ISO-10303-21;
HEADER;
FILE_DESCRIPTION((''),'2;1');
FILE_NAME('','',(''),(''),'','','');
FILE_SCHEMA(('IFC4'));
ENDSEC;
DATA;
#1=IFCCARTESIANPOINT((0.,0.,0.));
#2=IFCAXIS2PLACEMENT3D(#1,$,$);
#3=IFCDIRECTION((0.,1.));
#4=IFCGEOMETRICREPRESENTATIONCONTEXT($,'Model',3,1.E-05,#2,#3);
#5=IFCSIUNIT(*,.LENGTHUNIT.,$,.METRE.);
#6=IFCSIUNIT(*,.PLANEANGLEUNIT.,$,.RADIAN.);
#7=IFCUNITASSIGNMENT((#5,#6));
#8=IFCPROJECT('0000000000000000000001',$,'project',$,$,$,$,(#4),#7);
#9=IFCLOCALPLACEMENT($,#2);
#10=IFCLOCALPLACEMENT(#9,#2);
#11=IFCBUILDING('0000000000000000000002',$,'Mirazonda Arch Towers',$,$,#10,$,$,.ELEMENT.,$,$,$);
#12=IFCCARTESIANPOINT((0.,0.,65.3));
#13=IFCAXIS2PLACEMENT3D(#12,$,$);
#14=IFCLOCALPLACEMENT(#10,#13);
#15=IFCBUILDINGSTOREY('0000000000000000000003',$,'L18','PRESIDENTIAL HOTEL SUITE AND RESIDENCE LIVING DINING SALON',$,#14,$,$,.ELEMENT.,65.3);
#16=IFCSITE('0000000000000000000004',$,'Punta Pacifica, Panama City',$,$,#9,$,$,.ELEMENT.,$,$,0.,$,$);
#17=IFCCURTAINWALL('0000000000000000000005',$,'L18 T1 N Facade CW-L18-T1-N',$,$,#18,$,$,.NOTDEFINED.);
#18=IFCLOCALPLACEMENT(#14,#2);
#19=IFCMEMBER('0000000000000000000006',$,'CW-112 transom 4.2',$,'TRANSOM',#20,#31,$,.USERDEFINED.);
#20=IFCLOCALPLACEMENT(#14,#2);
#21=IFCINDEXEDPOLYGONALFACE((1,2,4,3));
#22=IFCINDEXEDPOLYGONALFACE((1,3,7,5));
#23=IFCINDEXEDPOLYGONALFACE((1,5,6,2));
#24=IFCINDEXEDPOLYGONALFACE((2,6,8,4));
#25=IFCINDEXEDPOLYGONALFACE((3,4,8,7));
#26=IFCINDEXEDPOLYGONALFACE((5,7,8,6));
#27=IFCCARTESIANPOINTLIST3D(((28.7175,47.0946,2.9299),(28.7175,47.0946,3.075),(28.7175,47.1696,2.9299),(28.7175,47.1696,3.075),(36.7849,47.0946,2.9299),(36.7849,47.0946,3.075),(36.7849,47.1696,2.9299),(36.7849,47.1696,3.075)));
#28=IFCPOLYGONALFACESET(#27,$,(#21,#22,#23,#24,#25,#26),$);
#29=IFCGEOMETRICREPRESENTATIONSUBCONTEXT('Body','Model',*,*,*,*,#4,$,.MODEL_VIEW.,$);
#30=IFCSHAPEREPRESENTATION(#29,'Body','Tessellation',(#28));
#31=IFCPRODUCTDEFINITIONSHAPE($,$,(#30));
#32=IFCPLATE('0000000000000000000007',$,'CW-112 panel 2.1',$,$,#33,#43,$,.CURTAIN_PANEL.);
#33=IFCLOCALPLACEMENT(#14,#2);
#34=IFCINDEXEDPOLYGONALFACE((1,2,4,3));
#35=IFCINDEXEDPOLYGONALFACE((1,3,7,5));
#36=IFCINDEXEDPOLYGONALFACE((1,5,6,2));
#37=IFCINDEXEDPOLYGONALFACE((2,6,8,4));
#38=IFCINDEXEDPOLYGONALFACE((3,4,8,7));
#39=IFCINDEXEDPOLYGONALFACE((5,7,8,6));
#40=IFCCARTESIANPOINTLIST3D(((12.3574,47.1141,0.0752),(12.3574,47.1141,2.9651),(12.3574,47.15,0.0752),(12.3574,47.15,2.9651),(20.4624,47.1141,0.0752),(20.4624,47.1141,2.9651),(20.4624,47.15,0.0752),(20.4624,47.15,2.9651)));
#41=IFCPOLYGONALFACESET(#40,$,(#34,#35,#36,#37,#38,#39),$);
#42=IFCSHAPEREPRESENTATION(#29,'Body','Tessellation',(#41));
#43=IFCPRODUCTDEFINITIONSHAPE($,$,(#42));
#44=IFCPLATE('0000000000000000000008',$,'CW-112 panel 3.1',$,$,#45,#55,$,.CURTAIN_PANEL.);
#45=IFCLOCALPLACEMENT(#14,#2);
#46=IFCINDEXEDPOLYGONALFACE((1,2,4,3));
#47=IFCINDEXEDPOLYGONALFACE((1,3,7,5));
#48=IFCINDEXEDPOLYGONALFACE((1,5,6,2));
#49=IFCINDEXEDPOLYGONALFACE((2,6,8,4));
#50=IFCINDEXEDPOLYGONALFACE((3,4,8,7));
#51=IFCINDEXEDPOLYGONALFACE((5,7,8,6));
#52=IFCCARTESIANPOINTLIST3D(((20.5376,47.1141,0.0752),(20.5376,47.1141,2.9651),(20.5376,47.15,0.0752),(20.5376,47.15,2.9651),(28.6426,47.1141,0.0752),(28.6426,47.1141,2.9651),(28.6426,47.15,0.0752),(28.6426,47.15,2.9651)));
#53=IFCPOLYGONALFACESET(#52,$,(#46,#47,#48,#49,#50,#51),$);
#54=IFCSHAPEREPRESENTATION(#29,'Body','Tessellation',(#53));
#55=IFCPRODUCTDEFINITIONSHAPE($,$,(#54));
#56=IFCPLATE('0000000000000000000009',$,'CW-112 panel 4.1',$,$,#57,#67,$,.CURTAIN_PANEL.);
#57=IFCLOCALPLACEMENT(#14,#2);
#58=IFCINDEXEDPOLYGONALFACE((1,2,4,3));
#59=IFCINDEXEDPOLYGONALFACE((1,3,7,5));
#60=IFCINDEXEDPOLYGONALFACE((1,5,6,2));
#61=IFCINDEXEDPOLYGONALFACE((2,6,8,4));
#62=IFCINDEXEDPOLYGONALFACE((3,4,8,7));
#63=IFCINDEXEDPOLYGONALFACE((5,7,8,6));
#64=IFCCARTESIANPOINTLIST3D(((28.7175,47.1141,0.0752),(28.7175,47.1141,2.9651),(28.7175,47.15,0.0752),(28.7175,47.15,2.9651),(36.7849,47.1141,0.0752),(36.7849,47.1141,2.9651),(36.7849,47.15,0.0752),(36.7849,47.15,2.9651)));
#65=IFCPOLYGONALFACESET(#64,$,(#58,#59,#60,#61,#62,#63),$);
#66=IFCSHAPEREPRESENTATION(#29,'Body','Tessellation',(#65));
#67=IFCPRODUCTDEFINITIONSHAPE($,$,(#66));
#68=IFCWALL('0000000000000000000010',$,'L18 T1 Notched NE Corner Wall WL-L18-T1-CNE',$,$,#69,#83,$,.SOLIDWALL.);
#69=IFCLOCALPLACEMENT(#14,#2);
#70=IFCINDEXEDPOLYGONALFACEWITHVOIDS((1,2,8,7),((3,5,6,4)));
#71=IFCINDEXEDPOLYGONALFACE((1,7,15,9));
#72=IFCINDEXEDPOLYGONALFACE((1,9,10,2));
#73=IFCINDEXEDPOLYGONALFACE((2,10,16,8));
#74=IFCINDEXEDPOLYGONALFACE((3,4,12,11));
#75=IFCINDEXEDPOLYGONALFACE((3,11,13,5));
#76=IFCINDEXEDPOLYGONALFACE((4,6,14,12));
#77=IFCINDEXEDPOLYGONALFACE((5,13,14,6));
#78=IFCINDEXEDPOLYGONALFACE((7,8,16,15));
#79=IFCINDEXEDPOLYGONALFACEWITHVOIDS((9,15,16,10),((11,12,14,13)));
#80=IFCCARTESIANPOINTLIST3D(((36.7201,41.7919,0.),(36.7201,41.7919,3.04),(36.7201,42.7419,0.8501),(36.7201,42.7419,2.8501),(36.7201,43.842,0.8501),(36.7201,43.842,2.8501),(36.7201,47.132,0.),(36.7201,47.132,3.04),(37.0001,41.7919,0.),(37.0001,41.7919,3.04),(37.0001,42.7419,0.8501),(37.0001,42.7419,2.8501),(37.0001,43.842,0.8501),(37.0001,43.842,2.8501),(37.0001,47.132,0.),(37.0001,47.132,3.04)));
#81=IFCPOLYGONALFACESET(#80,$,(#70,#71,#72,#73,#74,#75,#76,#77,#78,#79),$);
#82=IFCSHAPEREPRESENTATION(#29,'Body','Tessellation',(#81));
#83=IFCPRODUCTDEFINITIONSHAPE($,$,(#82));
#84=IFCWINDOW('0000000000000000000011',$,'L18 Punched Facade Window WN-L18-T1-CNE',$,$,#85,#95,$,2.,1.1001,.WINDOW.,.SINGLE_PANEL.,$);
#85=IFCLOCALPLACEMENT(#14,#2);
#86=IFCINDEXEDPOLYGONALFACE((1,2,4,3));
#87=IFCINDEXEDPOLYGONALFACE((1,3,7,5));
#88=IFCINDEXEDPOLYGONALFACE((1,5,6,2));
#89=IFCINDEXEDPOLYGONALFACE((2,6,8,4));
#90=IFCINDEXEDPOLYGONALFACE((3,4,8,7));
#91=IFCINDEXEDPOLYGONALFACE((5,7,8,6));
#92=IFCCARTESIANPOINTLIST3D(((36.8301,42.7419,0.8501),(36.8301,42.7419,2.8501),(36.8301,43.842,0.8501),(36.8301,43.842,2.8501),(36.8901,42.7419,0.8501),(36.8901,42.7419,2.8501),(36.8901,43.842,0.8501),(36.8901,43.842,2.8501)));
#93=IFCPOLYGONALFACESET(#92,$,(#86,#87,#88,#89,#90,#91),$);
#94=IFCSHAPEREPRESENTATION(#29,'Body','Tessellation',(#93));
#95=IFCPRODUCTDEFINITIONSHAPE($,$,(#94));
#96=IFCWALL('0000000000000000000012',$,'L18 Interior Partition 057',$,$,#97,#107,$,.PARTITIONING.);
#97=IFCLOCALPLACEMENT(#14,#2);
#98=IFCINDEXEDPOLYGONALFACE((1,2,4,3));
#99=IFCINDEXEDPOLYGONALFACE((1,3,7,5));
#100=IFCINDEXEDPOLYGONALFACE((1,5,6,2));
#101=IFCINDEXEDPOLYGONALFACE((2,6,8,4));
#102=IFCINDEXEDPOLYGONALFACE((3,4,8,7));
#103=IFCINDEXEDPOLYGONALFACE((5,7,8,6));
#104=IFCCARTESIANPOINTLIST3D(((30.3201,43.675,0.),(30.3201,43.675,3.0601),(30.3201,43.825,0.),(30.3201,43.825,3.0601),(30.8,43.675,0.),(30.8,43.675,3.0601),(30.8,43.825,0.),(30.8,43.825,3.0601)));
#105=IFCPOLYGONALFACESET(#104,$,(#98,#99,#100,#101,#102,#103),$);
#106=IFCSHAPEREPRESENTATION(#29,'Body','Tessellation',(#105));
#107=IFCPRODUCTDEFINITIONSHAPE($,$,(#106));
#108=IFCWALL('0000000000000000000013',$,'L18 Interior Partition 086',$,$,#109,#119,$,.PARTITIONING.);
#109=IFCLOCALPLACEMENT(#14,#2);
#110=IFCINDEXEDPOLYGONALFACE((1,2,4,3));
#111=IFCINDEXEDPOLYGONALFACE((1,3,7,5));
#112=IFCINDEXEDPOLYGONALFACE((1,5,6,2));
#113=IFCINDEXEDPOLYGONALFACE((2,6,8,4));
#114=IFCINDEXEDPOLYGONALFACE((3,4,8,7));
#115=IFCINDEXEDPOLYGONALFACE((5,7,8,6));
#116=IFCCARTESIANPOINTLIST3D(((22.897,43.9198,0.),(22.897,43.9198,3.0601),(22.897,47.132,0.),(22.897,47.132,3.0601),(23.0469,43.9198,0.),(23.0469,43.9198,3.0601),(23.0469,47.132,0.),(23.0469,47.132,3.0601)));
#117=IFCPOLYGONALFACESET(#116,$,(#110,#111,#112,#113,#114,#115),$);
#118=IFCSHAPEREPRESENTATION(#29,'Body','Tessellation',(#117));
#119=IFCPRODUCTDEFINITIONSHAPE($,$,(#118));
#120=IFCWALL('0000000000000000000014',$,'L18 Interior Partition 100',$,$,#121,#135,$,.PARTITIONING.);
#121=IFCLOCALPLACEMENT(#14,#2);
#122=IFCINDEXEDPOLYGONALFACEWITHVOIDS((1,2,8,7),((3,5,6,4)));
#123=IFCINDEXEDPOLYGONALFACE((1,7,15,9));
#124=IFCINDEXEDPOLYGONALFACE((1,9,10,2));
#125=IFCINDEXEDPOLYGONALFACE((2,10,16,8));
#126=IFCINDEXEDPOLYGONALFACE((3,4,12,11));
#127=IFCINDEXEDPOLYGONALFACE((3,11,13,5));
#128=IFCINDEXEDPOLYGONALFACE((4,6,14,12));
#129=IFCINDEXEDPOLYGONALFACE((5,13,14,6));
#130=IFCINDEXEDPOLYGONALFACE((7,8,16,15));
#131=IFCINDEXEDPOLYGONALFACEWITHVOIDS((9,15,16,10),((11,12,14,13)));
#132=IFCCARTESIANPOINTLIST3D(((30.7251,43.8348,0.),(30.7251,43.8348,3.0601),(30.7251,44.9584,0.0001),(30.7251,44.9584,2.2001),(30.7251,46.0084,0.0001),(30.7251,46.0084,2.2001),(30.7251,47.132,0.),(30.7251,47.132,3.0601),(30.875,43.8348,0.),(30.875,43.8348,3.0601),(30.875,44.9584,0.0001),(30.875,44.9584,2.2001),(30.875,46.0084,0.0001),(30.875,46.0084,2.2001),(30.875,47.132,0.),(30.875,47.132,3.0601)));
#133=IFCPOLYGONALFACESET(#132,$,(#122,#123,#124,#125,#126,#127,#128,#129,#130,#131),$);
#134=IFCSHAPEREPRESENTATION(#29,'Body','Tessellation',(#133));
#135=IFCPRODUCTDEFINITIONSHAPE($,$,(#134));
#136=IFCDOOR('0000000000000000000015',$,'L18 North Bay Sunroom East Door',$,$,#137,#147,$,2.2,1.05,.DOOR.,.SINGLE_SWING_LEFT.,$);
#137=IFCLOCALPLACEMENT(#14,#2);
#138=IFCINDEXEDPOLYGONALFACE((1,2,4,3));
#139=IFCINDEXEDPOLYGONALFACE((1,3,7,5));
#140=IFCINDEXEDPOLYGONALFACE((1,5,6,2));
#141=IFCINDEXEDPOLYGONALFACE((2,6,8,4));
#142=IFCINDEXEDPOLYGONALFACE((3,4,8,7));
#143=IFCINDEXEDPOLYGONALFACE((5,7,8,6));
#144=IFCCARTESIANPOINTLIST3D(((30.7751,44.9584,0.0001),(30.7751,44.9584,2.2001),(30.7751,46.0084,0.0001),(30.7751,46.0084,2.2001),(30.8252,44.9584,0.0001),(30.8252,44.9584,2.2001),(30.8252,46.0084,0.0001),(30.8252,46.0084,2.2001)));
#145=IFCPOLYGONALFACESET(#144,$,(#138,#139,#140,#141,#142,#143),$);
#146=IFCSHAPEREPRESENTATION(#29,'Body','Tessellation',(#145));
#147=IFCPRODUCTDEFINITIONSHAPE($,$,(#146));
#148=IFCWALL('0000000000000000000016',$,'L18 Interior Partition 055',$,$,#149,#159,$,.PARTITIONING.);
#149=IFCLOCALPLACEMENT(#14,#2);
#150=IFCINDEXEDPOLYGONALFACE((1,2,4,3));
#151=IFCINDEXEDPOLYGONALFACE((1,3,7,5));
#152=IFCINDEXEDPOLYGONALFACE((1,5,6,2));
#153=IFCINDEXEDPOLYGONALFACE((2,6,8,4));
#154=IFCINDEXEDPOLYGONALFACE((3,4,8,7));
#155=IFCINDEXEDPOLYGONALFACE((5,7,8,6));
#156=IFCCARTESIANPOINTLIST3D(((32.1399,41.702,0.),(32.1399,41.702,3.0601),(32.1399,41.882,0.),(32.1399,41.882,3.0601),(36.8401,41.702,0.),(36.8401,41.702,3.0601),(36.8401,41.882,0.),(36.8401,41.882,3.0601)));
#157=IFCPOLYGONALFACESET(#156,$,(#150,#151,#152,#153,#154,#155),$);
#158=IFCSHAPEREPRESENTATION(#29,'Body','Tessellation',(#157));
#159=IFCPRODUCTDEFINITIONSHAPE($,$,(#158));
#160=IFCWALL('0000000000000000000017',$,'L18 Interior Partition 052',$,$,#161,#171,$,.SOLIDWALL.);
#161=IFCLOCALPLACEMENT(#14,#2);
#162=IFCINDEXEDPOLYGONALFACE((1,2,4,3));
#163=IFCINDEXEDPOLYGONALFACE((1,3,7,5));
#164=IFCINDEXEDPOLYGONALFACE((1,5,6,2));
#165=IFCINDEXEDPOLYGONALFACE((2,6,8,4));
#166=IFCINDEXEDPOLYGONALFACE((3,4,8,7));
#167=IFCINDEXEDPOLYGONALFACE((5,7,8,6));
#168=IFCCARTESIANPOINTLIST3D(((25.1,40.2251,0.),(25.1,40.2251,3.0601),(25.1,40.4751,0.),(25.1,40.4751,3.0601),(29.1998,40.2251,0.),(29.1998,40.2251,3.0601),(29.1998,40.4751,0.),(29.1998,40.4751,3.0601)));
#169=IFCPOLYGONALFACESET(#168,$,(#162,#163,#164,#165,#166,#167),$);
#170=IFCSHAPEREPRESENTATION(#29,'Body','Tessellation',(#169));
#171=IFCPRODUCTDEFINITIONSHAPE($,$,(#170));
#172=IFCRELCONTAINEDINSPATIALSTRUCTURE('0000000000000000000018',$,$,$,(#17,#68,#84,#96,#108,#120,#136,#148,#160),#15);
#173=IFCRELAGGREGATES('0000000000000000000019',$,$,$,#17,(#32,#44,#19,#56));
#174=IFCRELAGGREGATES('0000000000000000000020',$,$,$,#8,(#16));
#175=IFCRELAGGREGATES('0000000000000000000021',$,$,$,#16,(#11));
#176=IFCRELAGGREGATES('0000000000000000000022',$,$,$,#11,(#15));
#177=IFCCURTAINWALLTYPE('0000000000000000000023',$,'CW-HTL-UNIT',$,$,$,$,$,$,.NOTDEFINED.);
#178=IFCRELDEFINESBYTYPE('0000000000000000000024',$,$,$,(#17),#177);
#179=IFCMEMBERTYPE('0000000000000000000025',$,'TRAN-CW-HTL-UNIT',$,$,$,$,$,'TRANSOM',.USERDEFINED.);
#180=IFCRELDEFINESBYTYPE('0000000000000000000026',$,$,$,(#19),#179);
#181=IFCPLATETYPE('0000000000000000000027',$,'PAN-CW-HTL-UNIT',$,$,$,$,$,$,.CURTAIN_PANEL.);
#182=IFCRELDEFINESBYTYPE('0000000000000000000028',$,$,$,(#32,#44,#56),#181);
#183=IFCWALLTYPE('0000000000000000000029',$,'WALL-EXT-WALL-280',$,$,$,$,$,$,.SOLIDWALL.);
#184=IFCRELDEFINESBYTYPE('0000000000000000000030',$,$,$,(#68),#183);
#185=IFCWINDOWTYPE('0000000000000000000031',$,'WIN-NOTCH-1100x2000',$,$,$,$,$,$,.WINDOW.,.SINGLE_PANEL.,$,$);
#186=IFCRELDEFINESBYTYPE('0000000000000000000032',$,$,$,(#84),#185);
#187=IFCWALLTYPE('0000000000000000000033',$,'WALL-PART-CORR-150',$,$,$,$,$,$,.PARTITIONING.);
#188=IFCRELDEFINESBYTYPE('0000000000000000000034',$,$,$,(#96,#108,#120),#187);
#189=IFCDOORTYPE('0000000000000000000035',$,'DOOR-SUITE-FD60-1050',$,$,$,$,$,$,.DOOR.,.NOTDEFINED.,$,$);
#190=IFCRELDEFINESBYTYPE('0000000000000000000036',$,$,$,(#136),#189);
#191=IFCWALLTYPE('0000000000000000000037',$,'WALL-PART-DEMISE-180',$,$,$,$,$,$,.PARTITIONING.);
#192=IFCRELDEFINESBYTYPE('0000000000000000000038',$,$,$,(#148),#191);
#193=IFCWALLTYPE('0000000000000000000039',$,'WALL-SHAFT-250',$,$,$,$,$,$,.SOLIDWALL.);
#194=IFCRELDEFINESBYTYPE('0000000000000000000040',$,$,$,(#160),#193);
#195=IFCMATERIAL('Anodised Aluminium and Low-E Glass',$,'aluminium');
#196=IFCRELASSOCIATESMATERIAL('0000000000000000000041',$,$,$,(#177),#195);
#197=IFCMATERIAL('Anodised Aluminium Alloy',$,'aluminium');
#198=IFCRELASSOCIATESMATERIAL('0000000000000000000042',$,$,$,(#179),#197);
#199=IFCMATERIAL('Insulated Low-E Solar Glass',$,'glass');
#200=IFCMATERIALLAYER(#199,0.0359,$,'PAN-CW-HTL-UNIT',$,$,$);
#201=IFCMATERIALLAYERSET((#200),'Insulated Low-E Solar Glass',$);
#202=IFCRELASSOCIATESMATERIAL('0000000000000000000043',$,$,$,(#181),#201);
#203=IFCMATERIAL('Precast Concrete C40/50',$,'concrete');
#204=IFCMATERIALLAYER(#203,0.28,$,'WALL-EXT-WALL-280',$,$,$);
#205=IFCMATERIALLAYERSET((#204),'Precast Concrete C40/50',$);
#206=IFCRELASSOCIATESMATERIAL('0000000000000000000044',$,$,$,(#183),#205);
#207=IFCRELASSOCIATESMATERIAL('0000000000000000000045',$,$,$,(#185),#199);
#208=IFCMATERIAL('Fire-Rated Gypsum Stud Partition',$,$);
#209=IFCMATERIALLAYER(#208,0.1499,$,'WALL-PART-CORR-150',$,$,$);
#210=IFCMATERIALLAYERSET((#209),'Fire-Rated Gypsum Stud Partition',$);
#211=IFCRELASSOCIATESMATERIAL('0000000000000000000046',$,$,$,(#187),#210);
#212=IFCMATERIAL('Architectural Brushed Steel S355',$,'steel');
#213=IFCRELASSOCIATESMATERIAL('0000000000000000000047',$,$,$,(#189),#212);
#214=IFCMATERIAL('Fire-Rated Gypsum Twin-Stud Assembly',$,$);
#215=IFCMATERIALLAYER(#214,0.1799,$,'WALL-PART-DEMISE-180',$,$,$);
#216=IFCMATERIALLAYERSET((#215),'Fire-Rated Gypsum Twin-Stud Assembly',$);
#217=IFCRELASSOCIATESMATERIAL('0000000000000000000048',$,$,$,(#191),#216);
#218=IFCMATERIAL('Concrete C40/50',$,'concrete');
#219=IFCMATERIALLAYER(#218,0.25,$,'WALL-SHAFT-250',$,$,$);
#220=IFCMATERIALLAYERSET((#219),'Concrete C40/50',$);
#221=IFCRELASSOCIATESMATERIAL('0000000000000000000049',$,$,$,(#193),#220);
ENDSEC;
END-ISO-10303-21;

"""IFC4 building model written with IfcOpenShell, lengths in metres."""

from ifc_helpers import new_model, si_unit, direction, frame, frame_2d, origin, origin_2d, place, context, subcontext, project, spatial, rectangle, extrude, material, layer, layer_set, material_profile, profile_set, type_object, element, fill, aggregate, save


model = new_model("IFC4")

# Units and contexts
model_context = context("Model", 3, precision=1e-05, world=origin(), true_north=direction((0.0, 1.0)))
body_context = subcontext(model_context, "Body", "Model", "MODEL_VIEW")
ifc_project = project(units=[si_unit("LENGTHUNIT", "METRE"), si_unit("PLANEANGLEUNIT", "RADIAN")], contexts=[model_context])

# Site, building, storey
site_placement = place(None, origin())
site = spatial("IfcSite", under=ifc_project, at=site_placement, Name="Punta Pacifica, Panama City", CompositionType="ELEMENT", RefElevation=0.0)
building_placement = place(site_placement, origin())
building = spatial("IfcBuilding", under=site, at=building_placement, Name="Mirazonda Arch Towers", CompositionType="ELEMENT")
storey_placement = place(building_placement, frame((0.0, 0.0, 65.3)))
storey = spatial("IfcBuildingStorey", under=building, at=storey_placement, Name="L18", Description="PRESIDENTIAL HOTEL SUITE AND RESIDENCE LIVING DINING SALON", CompositionType="ELEMENT", Elevation=65.3)

# Curtain wall, member, plates
ifc_material_1 = material(Name="Anodised Aluminium and Low-E Glass", Category="aluminium")
curtain_wall_type = type_object("IfcCurtainWallType", Name="CW-HTL-UNIT", PredefinedType="NOTDEFINED", material=ifc_material_1)
curtain_wall_placement = place(storey_placement, origin())
curtain_wall = element("IfcCurtainWall", 1, at=curtain_wall_placement, inside=storey, type_object=curtain_wall_type, Name="L18 T1 N Facade CW-L18-T1-N", PredefinedType="NOTDEFINED")
ifc_material_2 = material(Name="Anodised Aluminium Alloy", Category="aluminium")
ifc_material_profile_1 = material_profile(ifc_material_2, rectangle(XDim=0.075, YDim=0.145, at=origin_2d()), Name="ALU-TRAN-75x145")
ifc_profile_set_1 = profile_set([ifc_material_profile_1], Name="Anodised Aluminium Alloy")
member_type_1 = type_object("IfcMemberType", Name="TRAN-CW-HTL-UNIT", ElementType="TRANSOM", PredefinedType="USERDEFINED", material=ifc_profile_set_1)
member_1_placement = place(storey_placement, frame((28.7175, 47.1321, 3.0024), z_axis=(1.0, 0.0, 0.0), x_axis=(0.0, 1.0, 0.0)))
member_1 = element("IfcMember", 2, at=member_1_placement, type_object=member_type_1, Name="CW-112 transom 4.2", ObjectType="TRANSOM", PredefinedType="USERDEFINED", context=body_context, shape_type="SweptSolid", body=[
    extrude(rectangle(XDim=0.075, YDim=0.145, at=origin_2d()), origin(), (0.0, 0.0, 1.0), 8.0674),
])
ifc_material_3 = material(Name="Insulated Low-E Solar Glass", Category="glass")
ifc_layer_1 = layer(ifc_material_3, 0.0359, Name="PAN-CW-HTL-UNIT")
ifc_layer_set_1 = layer_set([ifc_layer_1], Name="Insulated Low-E Solar Glass")
plate_type = type_object("IfcPlateType", Name="PAN-CW-HTL-UNIT", PredefinedType="CURTAIN_PANEL", material=ifc_layer_set_1)
plate_1_placement = place(storey_placement, frame((16.4099, 47.1321, 0.0752), z_axis=(0.0, 0.0, 1.0), x_axis=(1.0, 0.0, 0.0)))
plate_1 = element("IfcPlate", 3, at=plate_1_placement, type_object=plate_type, Name="CW-112 panel 2.1", PredefinedType="CURTAIN_PANEL", context=body_context, shape_type="SweptSolid", body=[
    extrude(rectangle(XDim=8.105, YDim=0.0359, at=origin_2d()), origin(), (0.0, 0.0, 1.0), 2.8899),
])
plate_2_placement = place(storey_placement, frame((24.5901, 47.1321, 0.0752), z_axis=(0.0, 0.0, 1.0), x_axis=(1.0, 0.0, 0.0)))
plate_2 = element("IfcPlate", 4, at=plate_2_placement, type_object=plate_type, Name="CW-112 panel 3.1", PredefinedType="CURTAIN_PANEL", context=body_context, shape_type="SweptSolid", body=[
    extrude(rectangle(XDim=8.105, YDim=0.0359, at=origin_2d()), origin(), (0.0, 0.0, 1.0), 2.8899),
])
plate_3_placement = place(storey_placement, frame((32.7512, 47.1321, 0.0752), z_axis=(0.0, 0.0, 1.0), x_axis=(1.0, 0.0, 0.0)))
plate_3 = element("IfcPlate", 5, at=plate_3_placement, type_object=plate_type, Name="CW-112 panel 4.1", PredefinedType="CURTAIN_PANEL", context=body_context, shape_type="SweptSolid", body=[
    extrude(rectangle(XDim=8.0674, YDim=0.0359, at=origin_2d()), origin(), (0.0, 0.0, 1.0), 2.8899),
])
aggregate(curtain_wall, [plate_1, plate_2, member_1, plate_3])

# Wall, opening, window
ifc_material_4 = material(Name="Precast Concrete C40/50", Category="concrete")
ifc_layer_2 = layer(ifc_material_4, 0.28, Name="WALL-EXT-WALL-280")
ifc_layer_set_2 = layer_set([ifc_layer_2], Name="Precast Concrete C40/50")
wall_type_1 = type_object("IfcWallType", Name="WALL-EXT-WALL-280", PredefinedType="SOLIDWALL", material=ifc_layer_set_2)
wall_1_placement = place(storey_placement, frame((36.8601, 41.792, 0.0), z_axis=(0.0, 0.0, 1.0), x_axis=(0.0, 1.0, 0.0)))
wall_1 = element("IfcWall", 6, at=wall_1_placement, inside=storey, type_object=wall_type_1, Name="L18 T1 Notched NE Corner Wall WL-L18-T1-CNE", PredefinedType="SOLIDWALL", context=body_context, shape_type="SweptSolid", body=[
    extrude(rectangle(XDim=5.3401, YDim=0.28, at=frame_2d((2.6699, 0.0))), origin(), (0.0, 0.0, 1.0), 3.04),
])
opening_1_placement = place(wall_1_placement, frame((0.95, 0.0, 0.8501)))
opening_1 = element("IfcOpeningElement", 7, at=opening_1_placement, cuts=wall_1, PredefinedType="OPENING", context=body_context, shape_type="SweptSolid", body=[
    extrude(rectangle(XDim=1.1001, YDim=2.0, at=frame_2d((0.55, 1.0))), frame((0.0, 0.1499, 0.0), z_axis=(0.0, -1.0, 0.0), x_axis=(1.0, 0.0, 0.0)), (0.0, 0.0, 1.0), 0.3),
])
window_type = type_object("IfcWindowType", Name="WIN-NOTCH-1100x2000", PartitioningType="SINGLE_PANEL", PredefinedType="WINDOW", material=ifc_material_3)
window_placement = place(opening_1_placement, origin())
window = element("IfcWindow", 8, at=window_placement, inside=storey, type_object=window_type, Name="L18 Punched Facade Window WN-L18-T1-CNE", OverallHeight=2.0, OverallWidth=1.1001, PartitioningType="SINGLE_PANEL", PredefinedType="WINDOW", context=body_context, shape_type="SweptSolid", body=[
    extrude(rectangle(XDim=1.1001, YDim=2.0, at=frame_2d((0.55, 1.0))), frame((0.0, 0.03, 0.0), z_axis=(0.0, -1.0, 0.0), x_axis=(1.0, 0.0, 0.0)), (0.0, 0.0, 1.0), 0.0601),
])
fill(opening_1, window)

# Walls
ifc_material_5 = material(Name="Fire-Rated Gypsum Stud Partition")
ifc_layer_3 = layer(ifc_material_5, 0.1499, Name="WALL-PART-CORR-150")
ifc_layer_set_3 = layer_set([ifc_layer_3], Name="Fire-Rated Gypsum Stud Partition")
wall_type_2 = type_object("IfcWallType", Name="WALL-PART-CORR-150", PredefinedType="PARTITIONING", material=ifc_layer_set_3)
wall_2_placement = place(storey_placement, frame((30.3201, 43.75, 0.0), z_axis=(0.0, 0.0, 1.0), x_axis=(1.0, 0.0, 0.0)))
element("IfcWall", 9, at=wall_2_placement, inside=storey, type_object=wall_type_2, Name="L18 Interior Partition 057", PredefinedType="PARTITIONING", context=body_context, shape_type="SweptSolid", body=[
    extrude(rectangle(XDim=0.48, YDim=0.1499, at=frame_2d((0.24, 0.0))), origin(), (0.0, 0.0, 1.0), 3.0601),
])
wall_3_placement = place(storey_placement, frame((22.9719, 43.9199, 0.0), z_axis=(0.0, 0.0, 1.0), x_axis=(0.0, 1.0, 0.0)))
element("IfcWall", 10, at=wall_3_placement, inside=storey, type_object=wall_type_2, Name="L18 Interior Partition 086", PredefinedType="PARTITIONING", context=body_context, shape_type="SweptSolid", body=[
    extrude(rectangle(XDim=3.2122, YDim=0.1499, at=frame_2d((1.606, 0.0))), origin(), (0.0, 0.0, 1.0), 3.0601),
])

# Wall, opening, door
wall_4_placement = place(storey_placement, frame((30.8, 43.835, 0.0), z_axis=(0.0, 0.0, 1.0), x_axis=(0.0, 1.0, 0.0)))
wall_4 = element("IfcWall", 11, at=wall_4_placement, inside=storey, type_object=wall_type_2, Name="L18 Interior Partition 100", PredefinedType="PARTITIONING", context=body_context, shape_type="SweptSolid", body=[
    extrude(rectangle(XDim=3.2971, YDim=0.1499, at=frame_2d((1.6484, 0.0))), origin(), (0.0, 0.0, 1.0), 3.0601),
])
opening_2_placement = place(wall_4_placement, frame((1.1235, 0.0, 0.0)))
opening_2 = element("IfcOpeningElement", 12, at=opening_2_placement, cuts=wall_4, PredefinedType="OPENING", context=body_context, shape_type="SweptSolid", body=[
    extrude(rectangle(XDim=1.05, YDim=2.2, at=frame_2d((0.5249, 1.1001))), frame((0.0, 0.085, 0.0), z_axis=(0.0, -1.0, 0.0), x_axis=(1.0, 0.0, 0.0)), (0.0, 0.0, 1.0), 0.1699),
])
ifc_material_6 = material(Name="Architectural Brushed Steel S355", Category="steel")
door_type_1 = type_object("IfcDoorType", Name="DOOR-SUITE-FD60-1050", OperationType="NOTDEFINED", PredefinedType="DOOR", material=ifc_material_6)
door_1_placement = place(opening_2_placement, origin())
door_1 = element("IfcDoor", 13, at=door_1_placement, inside=storey, type_object=door_type_1, Name="L18 North Bay Sunroom East Door", OperationType="SINGLE_SWING_LEFT", OverallHeight=2.2, OverallWidth=1.05, PredefinedType="DOOR", context=body_context, shape_type="SweptSolid", body=[
    extrude(rectangle(XDim=1.05, YDim=2.2, at=frame_2d((0.5249, 1.1001))), frame((0.0, 0.0249, 0.0), z_axis=(0.0, -1.0, 0.0), x_axis=(1.0, 0.0, 0.0)), (0.0, 0.0, 1.0), 0.05),
])
fill(opening_2, door_1)

# Wall
ifc_material_7 = material(Name="Fire-Rated Gypsum Twin-Stud Assembly")
ifc_layer_4 = layer(ifc_material_7, 0.1799, Name="WALL-PART-DEMISE-180")
ifc_layer_set_4 = layer_set([ifc_layer_4], Name="Fire-Rated Gypsum Twin-Stud Assembly")
wall_type_3 = type_object("IfcWallType", Name="WALL-PART-DEMISE-180", PredefinedType="PARTITIONING", material=ifc_layer_set_4)
wall_5_placement = place(storey_placement, frame((32.1399, 41.792, 0.0), z_axis=(0.0, 0.0, 1.0), x_axis=(1.0, 0.0, 0.0)))
element("IfcWall", 14, at=wall_5_placement, inside=storey, type_object=wall_type_3, Name="L18 Interior Partition 055", PredefinedType="PARTITIONING", context=body_context, shape_type="SweptSolid", body=[
    extrude(rectangle(XDim=4.7002, YDim=0.1799, at=frame_2d((2.3501, 0.0))), origin(), (0.0, 0.0, 1.0), 3.0601),
])

# Wall
ifc_material_8 = material(Name="Concrete C40/50", Category="concrete")
ifc_layer_5 = layer(ifc_material_8, 0.25, Name="WALL-SHAFT-250")
ifc_layer_set_5 = layer_set([ifc_layer_5], Name="Concrete C40/50")
wall_type_4 = type_object("IfcWallType", Name="WALL-SHAFT-250", PredefinedType="SOLIDWALL", material=ifc_layer_set_5)
wall_6_placement = place(storey_placement, frame((25.1001, 40.3501, 0.0), z_axis=(0.0, 0.0, 1.0), x_axis=(1.0, 0.0, 0.0)))
element("IfcWall", 15, at=wall_6_placement, inside=storey, type_object=wall_type_4, Name="L18 Interior Partition 052", PredefinedType="SOLIDWALL", context=body_context, shape_type="SweptSolid", body=[
    extrude(rectangle(XDim=4.0999, YDim=0.25, at=frame_2d((2.0498, 0.0))), origin(), (0.0, 0.0, 1.0), 3.0601),
])

save(model, "model.ifc")
